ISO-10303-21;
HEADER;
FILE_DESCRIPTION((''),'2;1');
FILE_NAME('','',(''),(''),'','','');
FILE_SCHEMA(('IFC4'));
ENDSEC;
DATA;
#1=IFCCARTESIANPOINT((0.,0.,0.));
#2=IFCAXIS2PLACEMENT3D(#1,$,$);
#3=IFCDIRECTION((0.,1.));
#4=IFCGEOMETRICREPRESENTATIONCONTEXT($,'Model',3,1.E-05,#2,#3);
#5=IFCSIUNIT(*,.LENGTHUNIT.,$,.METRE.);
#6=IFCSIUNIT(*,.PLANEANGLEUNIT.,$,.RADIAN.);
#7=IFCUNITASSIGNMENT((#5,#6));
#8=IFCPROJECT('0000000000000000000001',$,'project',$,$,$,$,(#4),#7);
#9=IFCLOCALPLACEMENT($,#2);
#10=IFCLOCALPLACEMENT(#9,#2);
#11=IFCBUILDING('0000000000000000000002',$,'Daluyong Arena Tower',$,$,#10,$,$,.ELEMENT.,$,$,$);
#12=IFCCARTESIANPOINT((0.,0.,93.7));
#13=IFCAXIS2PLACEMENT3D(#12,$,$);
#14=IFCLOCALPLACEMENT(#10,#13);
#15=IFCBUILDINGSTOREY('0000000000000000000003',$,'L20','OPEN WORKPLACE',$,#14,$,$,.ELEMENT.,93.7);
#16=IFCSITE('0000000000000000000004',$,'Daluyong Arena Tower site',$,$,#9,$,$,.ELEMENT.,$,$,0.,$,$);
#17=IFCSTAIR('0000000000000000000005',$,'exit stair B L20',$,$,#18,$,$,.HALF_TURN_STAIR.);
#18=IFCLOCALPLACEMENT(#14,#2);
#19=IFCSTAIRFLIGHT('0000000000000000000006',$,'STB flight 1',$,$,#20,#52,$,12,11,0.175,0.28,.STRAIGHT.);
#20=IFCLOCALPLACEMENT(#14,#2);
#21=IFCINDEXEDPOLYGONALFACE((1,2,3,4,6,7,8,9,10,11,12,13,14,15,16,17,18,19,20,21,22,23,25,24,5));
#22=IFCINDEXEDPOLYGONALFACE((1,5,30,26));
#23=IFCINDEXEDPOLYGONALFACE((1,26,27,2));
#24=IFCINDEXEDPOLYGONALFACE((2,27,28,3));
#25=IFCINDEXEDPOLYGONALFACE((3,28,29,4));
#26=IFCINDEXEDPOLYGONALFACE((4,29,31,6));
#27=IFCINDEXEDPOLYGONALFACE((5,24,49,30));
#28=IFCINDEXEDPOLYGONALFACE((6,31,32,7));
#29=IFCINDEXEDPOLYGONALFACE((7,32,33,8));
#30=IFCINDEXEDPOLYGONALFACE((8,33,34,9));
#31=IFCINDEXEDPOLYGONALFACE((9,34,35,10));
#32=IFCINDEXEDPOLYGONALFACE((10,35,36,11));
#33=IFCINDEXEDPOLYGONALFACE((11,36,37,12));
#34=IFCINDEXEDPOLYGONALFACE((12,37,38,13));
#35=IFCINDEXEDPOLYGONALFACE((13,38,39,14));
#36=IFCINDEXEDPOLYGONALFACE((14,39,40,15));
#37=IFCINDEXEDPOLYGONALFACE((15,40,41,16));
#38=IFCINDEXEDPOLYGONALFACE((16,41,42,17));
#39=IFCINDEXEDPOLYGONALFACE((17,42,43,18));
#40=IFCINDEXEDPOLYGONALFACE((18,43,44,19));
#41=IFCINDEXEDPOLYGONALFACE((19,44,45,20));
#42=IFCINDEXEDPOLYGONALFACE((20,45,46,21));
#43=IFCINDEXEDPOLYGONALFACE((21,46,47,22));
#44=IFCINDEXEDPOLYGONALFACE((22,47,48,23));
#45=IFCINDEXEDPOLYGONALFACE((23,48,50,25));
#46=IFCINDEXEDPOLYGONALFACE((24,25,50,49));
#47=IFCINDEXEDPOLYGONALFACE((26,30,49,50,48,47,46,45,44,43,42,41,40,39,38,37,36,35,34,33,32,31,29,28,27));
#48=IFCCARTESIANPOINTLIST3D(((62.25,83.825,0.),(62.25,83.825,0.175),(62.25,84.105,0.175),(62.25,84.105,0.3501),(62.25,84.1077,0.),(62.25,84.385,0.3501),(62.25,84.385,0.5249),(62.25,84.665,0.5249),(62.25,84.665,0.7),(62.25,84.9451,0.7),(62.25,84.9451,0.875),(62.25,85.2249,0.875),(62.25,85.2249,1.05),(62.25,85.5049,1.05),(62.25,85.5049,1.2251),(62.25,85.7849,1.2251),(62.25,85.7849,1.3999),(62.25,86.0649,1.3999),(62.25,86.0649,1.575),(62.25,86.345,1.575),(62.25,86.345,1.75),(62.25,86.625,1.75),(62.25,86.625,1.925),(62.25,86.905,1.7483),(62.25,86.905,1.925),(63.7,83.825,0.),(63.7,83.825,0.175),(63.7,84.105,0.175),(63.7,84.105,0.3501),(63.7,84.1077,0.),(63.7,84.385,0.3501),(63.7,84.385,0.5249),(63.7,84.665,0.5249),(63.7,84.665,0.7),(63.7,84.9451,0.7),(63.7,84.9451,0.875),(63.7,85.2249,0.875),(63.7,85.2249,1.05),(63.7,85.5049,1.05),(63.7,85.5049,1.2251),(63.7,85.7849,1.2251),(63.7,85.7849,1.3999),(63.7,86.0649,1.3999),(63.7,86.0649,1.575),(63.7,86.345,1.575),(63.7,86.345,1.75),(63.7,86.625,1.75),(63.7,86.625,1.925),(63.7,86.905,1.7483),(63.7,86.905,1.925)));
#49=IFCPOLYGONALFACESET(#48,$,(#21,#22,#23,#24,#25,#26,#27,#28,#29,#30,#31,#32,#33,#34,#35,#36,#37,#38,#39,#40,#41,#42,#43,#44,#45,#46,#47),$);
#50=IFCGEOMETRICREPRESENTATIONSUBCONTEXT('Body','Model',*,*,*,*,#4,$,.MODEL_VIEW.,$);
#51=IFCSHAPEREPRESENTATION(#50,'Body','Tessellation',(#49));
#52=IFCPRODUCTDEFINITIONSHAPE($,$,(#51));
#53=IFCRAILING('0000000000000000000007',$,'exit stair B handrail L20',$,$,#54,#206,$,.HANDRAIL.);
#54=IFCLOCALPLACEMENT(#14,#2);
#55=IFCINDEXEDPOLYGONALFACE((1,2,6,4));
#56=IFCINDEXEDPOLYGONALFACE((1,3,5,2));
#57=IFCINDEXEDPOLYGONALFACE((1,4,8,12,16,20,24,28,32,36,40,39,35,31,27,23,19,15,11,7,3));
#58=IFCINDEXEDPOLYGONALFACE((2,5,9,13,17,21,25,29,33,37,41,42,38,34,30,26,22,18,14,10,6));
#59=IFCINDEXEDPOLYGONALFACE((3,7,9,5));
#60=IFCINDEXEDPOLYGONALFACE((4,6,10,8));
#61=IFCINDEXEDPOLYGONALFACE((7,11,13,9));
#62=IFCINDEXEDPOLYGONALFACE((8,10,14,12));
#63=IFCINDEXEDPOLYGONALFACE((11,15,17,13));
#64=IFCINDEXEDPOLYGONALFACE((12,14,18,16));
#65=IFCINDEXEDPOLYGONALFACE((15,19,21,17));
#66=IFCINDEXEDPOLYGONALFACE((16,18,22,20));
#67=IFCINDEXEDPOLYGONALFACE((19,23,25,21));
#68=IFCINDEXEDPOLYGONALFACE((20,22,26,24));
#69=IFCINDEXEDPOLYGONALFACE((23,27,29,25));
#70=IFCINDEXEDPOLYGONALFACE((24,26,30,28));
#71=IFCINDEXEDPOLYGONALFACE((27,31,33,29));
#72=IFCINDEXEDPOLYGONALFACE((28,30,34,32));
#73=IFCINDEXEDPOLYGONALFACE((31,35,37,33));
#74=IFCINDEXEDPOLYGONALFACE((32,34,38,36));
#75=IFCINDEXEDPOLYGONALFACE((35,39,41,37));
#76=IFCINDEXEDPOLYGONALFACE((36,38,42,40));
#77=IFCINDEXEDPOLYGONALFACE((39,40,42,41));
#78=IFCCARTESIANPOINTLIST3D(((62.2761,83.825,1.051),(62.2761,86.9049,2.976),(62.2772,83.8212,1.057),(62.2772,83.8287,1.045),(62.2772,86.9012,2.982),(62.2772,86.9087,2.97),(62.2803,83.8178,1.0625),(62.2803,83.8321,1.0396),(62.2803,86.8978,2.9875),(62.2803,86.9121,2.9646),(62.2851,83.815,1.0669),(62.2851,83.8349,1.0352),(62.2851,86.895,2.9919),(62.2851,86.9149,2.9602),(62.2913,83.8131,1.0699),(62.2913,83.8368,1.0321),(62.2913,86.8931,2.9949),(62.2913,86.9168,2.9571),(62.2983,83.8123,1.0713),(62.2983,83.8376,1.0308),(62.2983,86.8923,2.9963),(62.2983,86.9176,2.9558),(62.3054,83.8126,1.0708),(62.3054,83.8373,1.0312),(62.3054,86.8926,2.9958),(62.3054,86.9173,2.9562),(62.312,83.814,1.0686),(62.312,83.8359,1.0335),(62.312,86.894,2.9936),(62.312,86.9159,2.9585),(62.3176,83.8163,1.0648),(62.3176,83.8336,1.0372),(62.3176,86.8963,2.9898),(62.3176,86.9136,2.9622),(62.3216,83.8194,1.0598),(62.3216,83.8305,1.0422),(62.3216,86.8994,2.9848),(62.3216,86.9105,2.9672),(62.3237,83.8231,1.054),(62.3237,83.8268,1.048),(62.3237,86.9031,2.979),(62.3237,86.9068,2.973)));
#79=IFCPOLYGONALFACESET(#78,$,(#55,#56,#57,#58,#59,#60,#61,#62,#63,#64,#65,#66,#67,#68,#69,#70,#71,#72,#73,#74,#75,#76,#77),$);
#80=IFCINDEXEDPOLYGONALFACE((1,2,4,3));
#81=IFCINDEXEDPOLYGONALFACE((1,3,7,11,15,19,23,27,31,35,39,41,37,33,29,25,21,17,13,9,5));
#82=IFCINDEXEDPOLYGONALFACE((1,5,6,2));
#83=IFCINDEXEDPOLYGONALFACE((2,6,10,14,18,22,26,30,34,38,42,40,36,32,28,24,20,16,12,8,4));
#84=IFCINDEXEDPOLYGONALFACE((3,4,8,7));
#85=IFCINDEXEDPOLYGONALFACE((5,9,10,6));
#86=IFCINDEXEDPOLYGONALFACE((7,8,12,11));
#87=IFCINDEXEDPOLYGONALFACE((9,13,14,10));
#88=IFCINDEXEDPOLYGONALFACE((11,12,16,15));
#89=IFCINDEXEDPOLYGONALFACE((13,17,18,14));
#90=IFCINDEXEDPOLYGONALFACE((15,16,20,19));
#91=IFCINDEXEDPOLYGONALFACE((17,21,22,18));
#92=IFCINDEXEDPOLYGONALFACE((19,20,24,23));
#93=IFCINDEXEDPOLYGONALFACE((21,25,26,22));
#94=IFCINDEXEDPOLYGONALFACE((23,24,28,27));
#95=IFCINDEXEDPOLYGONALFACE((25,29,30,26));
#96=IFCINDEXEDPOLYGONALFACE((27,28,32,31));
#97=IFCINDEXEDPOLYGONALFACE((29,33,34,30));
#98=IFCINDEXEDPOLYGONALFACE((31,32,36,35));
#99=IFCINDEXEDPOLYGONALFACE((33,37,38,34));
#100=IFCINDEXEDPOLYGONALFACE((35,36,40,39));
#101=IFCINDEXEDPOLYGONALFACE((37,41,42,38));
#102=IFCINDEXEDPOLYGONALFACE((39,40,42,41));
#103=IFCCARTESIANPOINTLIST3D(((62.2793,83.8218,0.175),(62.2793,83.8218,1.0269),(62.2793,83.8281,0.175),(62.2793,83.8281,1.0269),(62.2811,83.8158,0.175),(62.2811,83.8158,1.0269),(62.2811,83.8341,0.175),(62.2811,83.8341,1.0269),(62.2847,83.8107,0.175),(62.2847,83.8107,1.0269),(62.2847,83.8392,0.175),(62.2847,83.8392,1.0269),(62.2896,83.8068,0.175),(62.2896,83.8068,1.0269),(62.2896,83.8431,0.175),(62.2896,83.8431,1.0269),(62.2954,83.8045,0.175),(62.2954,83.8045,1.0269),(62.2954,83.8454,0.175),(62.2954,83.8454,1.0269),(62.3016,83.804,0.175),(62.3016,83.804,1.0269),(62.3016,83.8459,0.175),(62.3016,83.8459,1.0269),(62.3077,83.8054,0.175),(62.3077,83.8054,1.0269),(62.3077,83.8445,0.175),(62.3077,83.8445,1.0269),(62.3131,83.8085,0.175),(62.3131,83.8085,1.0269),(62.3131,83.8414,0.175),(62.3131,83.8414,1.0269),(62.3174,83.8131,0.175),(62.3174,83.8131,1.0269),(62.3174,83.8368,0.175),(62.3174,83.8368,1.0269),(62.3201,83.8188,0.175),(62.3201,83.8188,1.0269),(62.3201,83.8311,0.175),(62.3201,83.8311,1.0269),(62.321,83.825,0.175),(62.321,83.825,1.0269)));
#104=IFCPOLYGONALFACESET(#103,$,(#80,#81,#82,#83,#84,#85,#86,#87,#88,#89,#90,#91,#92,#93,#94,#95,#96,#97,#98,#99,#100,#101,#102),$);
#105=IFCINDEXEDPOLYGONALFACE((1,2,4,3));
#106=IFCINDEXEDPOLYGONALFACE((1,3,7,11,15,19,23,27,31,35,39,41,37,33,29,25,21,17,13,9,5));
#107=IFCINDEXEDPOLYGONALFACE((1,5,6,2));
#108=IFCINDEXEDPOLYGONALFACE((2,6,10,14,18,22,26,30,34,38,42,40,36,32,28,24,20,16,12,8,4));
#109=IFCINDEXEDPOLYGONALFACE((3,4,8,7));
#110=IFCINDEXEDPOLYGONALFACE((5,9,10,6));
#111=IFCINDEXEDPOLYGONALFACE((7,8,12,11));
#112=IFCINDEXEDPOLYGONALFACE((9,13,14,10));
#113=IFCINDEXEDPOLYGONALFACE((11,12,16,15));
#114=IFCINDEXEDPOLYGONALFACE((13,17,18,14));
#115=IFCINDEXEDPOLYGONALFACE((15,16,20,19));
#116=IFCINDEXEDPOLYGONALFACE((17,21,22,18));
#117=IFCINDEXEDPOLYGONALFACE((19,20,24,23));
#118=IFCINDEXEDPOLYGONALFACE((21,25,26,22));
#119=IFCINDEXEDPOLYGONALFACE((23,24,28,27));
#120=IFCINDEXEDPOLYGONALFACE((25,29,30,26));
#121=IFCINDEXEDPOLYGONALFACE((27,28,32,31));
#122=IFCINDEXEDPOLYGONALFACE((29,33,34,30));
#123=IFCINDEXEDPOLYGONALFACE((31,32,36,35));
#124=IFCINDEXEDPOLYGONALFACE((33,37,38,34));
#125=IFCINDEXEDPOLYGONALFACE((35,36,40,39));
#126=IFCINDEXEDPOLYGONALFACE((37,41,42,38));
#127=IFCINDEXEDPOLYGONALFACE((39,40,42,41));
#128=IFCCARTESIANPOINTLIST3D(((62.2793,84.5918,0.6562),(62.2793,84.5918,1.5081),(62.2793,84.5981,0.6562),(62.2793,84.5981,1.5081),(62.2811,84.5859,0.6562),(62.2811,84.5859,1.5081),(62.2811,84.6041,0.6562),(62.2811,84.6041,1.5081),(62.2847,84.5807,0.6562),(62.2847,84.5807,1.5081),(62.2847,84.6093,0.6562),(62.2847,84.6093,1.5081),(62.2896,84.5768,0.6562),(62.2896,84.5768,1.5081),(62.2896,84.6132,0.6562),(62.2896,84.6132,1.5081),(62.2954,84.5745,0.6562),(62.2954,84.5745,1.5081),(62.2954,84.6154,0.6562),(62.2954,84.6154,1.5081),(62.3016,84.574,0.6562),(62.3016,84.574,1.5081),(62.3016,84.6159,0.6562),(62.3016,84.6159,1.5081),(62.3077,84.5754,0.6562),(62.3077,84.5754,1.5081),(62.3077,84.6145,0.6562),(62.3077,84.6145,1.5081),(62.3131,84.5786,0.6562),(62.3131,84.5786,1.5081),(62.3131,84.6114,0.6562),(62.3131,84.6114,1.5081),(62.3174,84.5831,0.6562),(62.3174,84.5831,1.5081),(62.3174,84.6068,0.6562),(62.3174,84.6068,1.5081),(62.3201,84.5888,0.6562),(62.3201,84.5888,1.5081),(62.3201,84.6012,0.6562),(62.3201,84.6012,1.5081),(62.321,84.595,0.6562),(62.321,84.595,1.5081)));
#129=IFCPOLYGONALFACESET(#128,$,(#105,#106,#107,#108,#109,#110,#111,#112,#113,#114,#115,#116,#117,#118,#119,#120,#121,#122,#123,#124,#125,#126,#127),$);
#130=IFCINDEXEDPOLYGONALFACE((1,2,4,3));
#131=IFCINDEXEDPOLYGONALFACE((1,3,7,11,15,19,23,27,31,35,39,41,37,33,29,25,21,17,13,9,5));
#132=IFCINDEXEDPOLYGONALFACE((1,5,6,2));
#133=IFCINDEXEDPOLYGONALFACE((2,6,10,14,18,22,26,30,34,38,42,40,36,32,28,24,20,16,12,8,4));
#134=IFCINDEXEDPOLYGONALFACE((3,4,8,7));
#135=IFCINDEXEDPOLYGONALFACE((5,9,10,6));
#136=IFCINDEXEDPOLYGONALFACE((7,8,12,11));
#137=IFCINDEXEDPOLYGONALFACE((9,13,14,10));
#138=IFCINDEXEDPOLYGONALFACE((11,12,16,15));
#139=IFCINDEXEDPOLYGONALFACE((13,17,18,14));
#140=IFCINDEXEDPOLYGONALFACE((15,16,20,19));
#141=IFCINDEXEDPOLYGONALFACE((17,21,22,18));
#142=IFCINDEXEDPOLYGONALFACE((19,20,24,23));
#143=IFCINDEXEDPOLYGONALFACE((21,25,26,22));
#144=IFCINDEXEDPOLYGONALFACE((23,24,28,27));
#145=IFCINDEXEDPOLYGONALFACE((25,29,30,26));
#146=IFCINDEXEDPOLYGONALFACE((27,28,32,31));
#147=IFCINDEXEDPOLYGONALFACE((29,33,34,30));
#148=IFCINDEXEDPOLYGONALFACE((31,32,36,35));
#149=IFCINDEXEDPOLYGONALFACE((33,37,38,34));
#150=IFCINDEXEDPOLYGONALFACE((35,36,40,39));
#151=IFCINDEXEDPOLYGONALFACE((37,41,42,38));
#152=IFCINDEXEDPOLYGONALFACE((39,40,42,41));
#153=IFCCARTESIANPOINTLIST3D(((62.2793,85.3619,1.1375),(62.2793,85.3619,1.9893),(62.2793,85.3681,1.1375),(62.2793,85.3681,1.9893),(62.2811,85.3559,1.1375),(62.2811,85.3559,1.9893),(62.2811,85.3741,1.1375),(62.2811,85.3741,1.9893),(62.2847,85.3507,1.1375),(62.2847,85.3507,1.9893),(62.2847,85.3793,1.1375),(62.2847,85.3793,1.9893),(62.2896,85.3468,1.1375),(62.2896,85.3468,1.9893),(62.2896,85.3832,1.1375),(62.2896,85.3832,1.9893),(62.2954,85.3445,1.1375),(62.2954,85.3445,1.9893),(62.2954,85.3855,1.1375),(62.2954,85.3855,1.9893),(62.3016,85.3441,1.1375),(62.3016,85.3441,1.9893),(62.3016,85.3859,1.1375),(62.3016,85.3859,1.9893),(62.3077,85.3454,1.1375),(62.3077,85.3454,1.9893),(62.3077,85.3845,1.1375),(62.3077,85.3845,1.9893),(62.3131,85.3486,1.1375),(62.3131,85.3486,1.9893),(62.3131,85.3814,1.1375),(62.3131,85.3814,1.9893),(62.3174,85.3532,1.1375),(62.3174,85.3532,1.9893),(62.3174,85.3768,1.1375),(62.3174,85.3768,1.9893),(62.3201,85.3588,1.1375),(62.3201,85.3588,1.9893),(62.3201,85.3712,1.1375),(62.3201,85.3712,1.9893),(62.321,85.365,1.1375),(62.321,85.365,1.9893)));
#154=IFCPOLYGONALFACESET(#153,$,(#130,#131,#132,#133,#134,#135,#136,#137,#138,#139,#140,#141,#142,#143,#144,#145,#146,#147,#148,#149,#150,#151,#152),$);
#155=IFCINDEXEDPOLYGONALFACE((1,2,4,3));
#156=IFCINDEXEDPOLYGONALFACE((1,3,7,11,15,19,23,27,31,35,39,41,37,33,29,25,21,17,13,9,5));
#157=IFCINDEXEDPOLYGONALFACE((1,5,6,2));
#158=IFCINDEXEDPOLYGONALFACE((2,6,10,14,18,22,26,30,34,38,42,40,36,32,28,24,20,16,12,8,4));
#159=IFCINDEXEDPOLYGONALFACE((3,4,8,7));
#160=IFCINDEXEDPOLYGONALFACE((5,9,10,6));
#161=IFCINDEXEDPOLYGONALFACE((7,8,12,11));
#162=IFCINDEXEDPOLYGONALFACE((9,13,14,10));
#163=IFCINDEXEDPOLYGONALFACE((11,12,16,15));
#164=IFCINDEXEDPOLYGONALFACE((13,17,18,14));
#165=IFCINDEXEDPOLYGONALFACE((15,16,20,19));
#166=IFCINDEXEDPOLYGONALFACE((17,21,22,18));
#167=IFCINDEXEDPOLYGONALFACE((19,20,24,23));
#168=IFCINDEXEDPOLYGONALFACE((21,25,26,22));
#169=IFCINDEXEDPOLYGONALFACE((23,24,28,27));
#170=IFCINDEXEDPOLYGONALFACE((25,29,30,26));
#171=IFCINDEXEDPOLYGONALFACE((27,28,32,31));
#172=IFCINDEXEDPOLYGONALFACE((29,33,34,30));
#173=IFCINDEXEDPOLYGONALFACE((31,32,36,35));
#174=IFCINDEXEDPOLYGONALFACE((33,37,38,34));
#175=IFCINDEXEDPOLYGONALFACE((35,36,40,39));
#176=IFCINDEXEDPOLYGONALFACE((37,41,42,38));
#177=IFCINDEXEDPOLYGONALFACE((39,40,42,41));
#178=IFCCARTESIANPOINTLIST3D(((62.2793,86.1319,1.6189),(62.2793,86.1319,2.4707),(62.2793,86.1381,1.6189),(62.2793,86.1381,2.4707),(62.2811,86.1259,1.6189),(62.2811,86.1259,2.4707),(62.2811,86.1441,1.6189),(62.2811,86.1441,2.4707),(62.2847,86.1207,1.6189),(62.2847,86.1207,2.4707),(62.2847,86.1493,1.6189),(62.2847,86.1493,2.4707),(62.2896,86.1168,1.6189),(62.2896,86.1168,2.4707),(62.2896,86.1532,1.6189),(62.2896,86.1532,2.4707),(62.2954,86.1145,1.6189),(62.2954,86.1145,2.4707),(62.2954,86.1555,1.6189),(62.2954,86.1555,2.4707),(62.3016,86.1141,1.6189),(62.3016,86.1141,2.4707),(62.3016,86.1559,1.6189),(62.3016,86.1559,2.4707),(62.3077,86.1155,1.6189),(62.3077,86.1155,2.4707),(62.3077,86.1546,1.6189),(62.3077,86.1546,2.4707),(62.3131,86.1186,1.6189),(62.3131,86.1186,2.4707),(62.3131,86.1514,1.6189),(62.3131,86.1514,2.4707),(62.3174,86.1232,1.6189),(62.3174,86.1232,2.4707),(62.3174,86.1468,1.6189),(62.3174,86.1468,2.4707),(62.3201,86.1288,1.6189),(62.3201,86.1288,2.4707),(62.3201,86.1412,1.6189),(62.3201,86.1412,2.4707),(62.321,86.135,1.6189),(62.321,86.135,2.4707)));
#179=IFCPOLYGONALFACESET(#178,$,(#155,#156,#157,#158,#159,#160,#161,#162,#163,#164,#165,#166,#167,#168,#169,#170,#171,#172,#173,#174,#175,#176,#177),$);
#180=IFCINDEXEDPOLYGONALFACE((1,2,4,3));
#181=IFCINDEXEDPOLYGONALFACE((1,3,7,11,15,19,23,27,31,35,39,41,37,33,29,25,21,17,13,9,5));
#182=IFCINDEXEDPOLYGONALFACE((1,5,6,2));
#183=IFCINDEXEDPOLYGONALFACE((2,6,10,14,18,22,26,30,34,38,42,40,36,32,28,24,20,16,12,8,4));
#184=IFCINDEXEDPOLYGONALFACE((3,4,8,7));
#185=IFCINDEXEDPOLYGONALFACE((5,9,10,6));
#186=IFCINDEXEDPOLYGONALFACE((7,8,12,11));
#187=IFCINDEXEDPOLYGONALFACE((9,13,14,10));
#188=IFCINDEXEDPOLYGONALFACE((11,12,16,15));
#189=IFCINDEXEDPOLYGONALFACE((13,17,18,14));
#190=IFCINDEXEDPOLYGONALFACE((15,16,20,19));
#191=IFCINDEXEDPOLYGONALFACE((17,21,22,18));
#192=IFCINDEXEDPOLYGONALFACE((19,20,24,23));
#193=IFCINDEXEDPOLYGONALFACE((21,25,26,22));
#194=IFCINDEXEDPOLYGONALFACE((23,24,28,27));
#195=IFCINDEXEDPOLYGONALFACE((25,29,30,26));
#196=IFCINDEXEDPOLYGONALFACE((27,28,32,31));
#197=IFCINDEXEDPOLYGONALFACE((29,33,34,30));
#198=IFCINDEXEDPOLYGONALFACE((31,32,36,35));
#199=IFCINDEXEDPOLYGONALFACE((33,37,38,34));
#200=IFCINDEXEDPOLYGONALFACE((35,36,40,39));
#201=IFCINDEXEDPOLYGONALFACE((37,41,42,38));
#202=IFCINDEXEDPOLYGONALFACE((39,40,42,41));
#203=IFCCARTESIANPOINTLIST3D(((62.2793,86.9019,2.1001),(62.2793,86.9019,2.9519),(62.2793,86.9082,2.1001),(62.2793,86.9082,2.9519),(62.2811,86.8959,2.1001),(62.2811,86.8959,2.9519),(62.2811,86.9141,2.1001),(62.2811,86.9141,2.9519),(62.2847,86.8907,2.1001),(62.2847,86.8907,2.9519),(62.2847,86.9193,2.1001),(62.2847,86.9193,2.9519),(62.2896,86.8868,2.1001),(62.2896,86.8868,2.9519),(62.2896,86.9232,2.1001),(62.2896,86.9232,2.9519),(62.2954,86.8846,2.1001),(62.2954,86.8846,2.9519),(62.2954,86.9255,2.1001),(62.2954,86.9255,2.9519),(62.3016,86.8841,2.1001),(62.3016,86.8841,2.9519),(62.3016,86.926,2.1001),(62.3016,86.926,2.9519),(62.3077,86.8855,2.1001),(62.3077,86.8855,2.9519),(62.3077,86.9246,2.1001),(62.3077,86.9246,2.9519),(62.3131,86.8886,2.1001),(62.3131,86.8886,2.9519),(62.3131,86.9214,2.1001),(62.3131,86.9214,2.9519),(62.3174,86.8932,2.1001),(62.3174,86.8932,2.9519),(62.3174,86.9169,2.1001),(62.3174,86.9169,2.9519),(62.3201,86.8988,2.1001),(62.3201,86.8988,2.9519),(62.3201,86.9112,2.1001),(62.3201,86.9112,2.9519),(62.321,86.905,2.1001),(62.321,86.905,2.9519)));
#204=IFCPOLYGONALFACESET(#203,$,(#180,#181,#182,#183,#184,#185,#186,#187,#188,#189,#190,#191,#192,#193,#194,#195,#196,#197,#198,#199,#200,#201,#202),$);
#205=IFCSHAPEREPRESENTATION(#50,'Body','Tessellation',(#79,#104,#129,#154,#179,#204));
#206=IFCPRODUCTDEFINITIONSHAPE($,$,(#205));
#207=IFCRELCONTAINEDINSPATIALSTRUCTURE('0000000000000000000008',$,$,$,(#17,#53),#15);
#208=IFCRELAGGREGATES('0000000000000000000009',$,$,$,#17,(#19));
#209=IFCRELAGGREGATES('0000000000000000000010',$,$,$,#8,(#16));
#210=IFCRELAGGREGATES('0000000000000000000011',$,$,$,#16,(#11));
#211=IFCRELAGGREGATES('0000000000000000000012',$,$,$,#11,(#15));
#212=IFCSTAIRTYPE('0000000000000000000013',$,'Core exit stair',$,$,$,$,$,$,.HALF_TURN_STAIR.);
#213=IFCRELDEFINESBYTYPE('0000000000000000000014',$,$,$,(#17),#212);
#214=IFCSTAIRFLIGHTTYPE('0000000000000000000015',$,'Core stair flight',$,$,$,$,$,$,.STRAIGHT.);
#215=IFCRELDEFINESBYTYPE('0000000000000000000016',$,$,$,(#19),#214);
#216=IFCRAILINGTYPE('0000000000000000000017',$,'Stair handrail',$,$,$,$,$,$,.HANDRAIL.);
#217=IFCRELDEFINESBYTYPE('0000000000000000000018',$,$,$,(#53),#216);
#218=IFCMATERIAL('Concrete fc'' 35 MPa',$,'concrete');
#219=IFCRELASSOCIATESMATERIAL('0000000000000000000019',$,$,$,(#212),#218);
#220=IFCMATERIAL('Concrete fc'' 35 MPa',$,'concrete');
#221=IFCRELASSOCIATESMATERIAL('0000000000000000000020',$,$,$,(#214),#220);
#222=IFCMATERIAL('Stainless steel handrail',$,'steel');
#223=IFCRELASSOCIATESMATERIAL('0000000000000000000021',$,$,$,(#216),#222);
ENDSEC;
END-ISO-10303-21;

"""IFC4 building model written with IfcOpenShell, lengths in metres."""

from ifc_helpers import new_model, si_unit, direction, frame, origin, origin_2d, place, context, subcontext, project, spatial, polyline, circle, outline, extrude, material, type_object, element, aggregate, save


model = new_model("IFC4")

# Units and contexts
model_context = context("Model", 3, precision=1e-05, world=origin(), true_north=direction((0.0, 1.0)))
body_context = subcontext(model_context, "Body", "Model", "MODEL_VIEW")
ifc_project = project(units=[si_unit("LENGTHUNIT", "METRE"), si_unit("PLANEANGLEUNIT", "RADIAN")], contexts=[model_context])

# Site, building, storey
site_placement = place(None, origin())
site = spatial("IfcSite", under=ifc_project, at=site_placement, Name="Daluyong Arena Tower site", CompositionType="ELEMENT", RefElevation=0.0)
building_placement = place(site_placement, origin())
building = spatial("IfcBuilding", under=site, at=building_placement, Name="Daluyong Arena Tower", CompositionType="ELEMENT")
storey_placement = place(building_placement, frame((0.0, 0.0, 93.7)))
storey = spatial("IfcBuildingStorey", under=building, at=storey_placement, Name="L20", Description="OPEN WORKPLACE", CompositionType="ELEMENT", Elevation=93.7)

# Stair, stair flight
ifc_material_1 = material(Name="Concrete fc' 35 MPa", Category="concrete")
stair_type = type_object("IfcStairType", Name="Core exit stair", PredefinedType="HALF_TURN_STAIR", material=ifc_material_1)
stair_placement = place(storey_placement, origin())
stair = element("IfcStair", 1, at=stair_placement, inside=storey, type_object=stair_type, Name="exit stair B L20", PredefinedType="HALF_TURN_STAIR")
ifc_material_2 = material(Name="Concrete fc' 35 MPa", Category="concrete")
stair_flight_type = type_object("IfcStairFlightType", Name="Core stair flight", PredefinedType="STRAIGHT", material=ifc_material_2)
stair_flight_placement = place(storey_placement, frame((62.9751, 83.825, 0.0), z_axis=(0.0, 0.0, 1.0), x_axis=(0.0, 1.0, 0.0)))
stair_flight = element("IfcStairFlight", 2, at=stair_flight_placement, type_object=stair_flight_type, Name="STB flight 1", NumberOfRisers=12, NumberOfTreads=11, PredefinedType="STRAIGHT", RiserHeight=0.175, TreadLength=0.28, context=body_context, shape_type="SweptSolid", body=[
    extrude(outline(polyline([(0.0, 0.0), (0.0, 0.175), (0.28, 0.175), (0.28, 0.3501), (0.5601, 0.3501), (0.5601, 0.5249), (0.8401, 0.5249), (0.8401, 0.7), (1.1201, 0.7), (1.1201, 0.875), (1.3999, 0.875), (1.3999, 1.05), (1.6799, 1.05), (1.6799, 1.2251), (1.96, 1.2251), (1.96, 1.3999), (2.24, 1.3999), (2.24, 1.575), (2.52, 1.575), (2.52, 1.75), (2.8, 1.75), (2.8, 1.925), (3.0801, 1.925), (3.0801, 2.1001), (3.0801, 1.7483), (0.2827, 0.0), (0.0, 0.0)])), frame((0.0, 0.7251, 0.0), z_axis=(0.0, -1.0, 0.0), x_axis=(1.0, 0.0, 0.0)), (0.0, 0.0, 1.0), 1.45),
])
aggregate(stair, [stair_flight])

# Railing
ifc_material_3 = material(Name="Stainless steel handrail", Category="steel")
railing_type_1 = type_object("IfcRailingType", Name="Stair handrail", PredefinedType="HANDRAIL", material=ifc_material_3)
railing_1_placement = place(storey_placement, frame((62.3, 83.825, 0.175)))
element("IfcRailing", 3, at=railing_1_placement, inside=storey, type_object=railing_type_1, Name="exit stair B handrail L20", PredefinedType="HANDRAIL", context=body_context, shape_type="SweptSolid", body=[
    extrude(circle(Radius=0.0239, at=origin_2d()), frame((0.0, 0.0, 0.876), z_axis=(0.0, 0.847998, 0.529999), x_axis=(-1.0, 0.0, 0.0)), (0.0, 0.0, 1.0), 3.6321),
    extrude(circle(Radius=0.021, at=origin_2d()), origin(), (0.0, 0.0, 1.0), 0.8518),
    extrude(circle(Radius=0.021, at=origin_2d()), frame((0.0, 0.77, 0.4812)), (0.0, 0.0, 1.0), 0.8518),
    extrude(circle(Radius=0.021, at=origin_2d()), frame((0.0, 1.54, 0.9624)), (0.0, 0.0, 1.0), 0.8518),
    extrude(circle(Radius=0.021, at=origin_2d()), frame((0.0, 2.3101, 1.4438)), (0.0, 0.0, 1.0), 0.8518),
    extrude(circle(Radius=0.021, at=origin_2d()), frame((0.0, 3.0801, 1.925)), (0.0, 0.0, 1.0), 0.8518),
])

save(model, "model.ifc")
